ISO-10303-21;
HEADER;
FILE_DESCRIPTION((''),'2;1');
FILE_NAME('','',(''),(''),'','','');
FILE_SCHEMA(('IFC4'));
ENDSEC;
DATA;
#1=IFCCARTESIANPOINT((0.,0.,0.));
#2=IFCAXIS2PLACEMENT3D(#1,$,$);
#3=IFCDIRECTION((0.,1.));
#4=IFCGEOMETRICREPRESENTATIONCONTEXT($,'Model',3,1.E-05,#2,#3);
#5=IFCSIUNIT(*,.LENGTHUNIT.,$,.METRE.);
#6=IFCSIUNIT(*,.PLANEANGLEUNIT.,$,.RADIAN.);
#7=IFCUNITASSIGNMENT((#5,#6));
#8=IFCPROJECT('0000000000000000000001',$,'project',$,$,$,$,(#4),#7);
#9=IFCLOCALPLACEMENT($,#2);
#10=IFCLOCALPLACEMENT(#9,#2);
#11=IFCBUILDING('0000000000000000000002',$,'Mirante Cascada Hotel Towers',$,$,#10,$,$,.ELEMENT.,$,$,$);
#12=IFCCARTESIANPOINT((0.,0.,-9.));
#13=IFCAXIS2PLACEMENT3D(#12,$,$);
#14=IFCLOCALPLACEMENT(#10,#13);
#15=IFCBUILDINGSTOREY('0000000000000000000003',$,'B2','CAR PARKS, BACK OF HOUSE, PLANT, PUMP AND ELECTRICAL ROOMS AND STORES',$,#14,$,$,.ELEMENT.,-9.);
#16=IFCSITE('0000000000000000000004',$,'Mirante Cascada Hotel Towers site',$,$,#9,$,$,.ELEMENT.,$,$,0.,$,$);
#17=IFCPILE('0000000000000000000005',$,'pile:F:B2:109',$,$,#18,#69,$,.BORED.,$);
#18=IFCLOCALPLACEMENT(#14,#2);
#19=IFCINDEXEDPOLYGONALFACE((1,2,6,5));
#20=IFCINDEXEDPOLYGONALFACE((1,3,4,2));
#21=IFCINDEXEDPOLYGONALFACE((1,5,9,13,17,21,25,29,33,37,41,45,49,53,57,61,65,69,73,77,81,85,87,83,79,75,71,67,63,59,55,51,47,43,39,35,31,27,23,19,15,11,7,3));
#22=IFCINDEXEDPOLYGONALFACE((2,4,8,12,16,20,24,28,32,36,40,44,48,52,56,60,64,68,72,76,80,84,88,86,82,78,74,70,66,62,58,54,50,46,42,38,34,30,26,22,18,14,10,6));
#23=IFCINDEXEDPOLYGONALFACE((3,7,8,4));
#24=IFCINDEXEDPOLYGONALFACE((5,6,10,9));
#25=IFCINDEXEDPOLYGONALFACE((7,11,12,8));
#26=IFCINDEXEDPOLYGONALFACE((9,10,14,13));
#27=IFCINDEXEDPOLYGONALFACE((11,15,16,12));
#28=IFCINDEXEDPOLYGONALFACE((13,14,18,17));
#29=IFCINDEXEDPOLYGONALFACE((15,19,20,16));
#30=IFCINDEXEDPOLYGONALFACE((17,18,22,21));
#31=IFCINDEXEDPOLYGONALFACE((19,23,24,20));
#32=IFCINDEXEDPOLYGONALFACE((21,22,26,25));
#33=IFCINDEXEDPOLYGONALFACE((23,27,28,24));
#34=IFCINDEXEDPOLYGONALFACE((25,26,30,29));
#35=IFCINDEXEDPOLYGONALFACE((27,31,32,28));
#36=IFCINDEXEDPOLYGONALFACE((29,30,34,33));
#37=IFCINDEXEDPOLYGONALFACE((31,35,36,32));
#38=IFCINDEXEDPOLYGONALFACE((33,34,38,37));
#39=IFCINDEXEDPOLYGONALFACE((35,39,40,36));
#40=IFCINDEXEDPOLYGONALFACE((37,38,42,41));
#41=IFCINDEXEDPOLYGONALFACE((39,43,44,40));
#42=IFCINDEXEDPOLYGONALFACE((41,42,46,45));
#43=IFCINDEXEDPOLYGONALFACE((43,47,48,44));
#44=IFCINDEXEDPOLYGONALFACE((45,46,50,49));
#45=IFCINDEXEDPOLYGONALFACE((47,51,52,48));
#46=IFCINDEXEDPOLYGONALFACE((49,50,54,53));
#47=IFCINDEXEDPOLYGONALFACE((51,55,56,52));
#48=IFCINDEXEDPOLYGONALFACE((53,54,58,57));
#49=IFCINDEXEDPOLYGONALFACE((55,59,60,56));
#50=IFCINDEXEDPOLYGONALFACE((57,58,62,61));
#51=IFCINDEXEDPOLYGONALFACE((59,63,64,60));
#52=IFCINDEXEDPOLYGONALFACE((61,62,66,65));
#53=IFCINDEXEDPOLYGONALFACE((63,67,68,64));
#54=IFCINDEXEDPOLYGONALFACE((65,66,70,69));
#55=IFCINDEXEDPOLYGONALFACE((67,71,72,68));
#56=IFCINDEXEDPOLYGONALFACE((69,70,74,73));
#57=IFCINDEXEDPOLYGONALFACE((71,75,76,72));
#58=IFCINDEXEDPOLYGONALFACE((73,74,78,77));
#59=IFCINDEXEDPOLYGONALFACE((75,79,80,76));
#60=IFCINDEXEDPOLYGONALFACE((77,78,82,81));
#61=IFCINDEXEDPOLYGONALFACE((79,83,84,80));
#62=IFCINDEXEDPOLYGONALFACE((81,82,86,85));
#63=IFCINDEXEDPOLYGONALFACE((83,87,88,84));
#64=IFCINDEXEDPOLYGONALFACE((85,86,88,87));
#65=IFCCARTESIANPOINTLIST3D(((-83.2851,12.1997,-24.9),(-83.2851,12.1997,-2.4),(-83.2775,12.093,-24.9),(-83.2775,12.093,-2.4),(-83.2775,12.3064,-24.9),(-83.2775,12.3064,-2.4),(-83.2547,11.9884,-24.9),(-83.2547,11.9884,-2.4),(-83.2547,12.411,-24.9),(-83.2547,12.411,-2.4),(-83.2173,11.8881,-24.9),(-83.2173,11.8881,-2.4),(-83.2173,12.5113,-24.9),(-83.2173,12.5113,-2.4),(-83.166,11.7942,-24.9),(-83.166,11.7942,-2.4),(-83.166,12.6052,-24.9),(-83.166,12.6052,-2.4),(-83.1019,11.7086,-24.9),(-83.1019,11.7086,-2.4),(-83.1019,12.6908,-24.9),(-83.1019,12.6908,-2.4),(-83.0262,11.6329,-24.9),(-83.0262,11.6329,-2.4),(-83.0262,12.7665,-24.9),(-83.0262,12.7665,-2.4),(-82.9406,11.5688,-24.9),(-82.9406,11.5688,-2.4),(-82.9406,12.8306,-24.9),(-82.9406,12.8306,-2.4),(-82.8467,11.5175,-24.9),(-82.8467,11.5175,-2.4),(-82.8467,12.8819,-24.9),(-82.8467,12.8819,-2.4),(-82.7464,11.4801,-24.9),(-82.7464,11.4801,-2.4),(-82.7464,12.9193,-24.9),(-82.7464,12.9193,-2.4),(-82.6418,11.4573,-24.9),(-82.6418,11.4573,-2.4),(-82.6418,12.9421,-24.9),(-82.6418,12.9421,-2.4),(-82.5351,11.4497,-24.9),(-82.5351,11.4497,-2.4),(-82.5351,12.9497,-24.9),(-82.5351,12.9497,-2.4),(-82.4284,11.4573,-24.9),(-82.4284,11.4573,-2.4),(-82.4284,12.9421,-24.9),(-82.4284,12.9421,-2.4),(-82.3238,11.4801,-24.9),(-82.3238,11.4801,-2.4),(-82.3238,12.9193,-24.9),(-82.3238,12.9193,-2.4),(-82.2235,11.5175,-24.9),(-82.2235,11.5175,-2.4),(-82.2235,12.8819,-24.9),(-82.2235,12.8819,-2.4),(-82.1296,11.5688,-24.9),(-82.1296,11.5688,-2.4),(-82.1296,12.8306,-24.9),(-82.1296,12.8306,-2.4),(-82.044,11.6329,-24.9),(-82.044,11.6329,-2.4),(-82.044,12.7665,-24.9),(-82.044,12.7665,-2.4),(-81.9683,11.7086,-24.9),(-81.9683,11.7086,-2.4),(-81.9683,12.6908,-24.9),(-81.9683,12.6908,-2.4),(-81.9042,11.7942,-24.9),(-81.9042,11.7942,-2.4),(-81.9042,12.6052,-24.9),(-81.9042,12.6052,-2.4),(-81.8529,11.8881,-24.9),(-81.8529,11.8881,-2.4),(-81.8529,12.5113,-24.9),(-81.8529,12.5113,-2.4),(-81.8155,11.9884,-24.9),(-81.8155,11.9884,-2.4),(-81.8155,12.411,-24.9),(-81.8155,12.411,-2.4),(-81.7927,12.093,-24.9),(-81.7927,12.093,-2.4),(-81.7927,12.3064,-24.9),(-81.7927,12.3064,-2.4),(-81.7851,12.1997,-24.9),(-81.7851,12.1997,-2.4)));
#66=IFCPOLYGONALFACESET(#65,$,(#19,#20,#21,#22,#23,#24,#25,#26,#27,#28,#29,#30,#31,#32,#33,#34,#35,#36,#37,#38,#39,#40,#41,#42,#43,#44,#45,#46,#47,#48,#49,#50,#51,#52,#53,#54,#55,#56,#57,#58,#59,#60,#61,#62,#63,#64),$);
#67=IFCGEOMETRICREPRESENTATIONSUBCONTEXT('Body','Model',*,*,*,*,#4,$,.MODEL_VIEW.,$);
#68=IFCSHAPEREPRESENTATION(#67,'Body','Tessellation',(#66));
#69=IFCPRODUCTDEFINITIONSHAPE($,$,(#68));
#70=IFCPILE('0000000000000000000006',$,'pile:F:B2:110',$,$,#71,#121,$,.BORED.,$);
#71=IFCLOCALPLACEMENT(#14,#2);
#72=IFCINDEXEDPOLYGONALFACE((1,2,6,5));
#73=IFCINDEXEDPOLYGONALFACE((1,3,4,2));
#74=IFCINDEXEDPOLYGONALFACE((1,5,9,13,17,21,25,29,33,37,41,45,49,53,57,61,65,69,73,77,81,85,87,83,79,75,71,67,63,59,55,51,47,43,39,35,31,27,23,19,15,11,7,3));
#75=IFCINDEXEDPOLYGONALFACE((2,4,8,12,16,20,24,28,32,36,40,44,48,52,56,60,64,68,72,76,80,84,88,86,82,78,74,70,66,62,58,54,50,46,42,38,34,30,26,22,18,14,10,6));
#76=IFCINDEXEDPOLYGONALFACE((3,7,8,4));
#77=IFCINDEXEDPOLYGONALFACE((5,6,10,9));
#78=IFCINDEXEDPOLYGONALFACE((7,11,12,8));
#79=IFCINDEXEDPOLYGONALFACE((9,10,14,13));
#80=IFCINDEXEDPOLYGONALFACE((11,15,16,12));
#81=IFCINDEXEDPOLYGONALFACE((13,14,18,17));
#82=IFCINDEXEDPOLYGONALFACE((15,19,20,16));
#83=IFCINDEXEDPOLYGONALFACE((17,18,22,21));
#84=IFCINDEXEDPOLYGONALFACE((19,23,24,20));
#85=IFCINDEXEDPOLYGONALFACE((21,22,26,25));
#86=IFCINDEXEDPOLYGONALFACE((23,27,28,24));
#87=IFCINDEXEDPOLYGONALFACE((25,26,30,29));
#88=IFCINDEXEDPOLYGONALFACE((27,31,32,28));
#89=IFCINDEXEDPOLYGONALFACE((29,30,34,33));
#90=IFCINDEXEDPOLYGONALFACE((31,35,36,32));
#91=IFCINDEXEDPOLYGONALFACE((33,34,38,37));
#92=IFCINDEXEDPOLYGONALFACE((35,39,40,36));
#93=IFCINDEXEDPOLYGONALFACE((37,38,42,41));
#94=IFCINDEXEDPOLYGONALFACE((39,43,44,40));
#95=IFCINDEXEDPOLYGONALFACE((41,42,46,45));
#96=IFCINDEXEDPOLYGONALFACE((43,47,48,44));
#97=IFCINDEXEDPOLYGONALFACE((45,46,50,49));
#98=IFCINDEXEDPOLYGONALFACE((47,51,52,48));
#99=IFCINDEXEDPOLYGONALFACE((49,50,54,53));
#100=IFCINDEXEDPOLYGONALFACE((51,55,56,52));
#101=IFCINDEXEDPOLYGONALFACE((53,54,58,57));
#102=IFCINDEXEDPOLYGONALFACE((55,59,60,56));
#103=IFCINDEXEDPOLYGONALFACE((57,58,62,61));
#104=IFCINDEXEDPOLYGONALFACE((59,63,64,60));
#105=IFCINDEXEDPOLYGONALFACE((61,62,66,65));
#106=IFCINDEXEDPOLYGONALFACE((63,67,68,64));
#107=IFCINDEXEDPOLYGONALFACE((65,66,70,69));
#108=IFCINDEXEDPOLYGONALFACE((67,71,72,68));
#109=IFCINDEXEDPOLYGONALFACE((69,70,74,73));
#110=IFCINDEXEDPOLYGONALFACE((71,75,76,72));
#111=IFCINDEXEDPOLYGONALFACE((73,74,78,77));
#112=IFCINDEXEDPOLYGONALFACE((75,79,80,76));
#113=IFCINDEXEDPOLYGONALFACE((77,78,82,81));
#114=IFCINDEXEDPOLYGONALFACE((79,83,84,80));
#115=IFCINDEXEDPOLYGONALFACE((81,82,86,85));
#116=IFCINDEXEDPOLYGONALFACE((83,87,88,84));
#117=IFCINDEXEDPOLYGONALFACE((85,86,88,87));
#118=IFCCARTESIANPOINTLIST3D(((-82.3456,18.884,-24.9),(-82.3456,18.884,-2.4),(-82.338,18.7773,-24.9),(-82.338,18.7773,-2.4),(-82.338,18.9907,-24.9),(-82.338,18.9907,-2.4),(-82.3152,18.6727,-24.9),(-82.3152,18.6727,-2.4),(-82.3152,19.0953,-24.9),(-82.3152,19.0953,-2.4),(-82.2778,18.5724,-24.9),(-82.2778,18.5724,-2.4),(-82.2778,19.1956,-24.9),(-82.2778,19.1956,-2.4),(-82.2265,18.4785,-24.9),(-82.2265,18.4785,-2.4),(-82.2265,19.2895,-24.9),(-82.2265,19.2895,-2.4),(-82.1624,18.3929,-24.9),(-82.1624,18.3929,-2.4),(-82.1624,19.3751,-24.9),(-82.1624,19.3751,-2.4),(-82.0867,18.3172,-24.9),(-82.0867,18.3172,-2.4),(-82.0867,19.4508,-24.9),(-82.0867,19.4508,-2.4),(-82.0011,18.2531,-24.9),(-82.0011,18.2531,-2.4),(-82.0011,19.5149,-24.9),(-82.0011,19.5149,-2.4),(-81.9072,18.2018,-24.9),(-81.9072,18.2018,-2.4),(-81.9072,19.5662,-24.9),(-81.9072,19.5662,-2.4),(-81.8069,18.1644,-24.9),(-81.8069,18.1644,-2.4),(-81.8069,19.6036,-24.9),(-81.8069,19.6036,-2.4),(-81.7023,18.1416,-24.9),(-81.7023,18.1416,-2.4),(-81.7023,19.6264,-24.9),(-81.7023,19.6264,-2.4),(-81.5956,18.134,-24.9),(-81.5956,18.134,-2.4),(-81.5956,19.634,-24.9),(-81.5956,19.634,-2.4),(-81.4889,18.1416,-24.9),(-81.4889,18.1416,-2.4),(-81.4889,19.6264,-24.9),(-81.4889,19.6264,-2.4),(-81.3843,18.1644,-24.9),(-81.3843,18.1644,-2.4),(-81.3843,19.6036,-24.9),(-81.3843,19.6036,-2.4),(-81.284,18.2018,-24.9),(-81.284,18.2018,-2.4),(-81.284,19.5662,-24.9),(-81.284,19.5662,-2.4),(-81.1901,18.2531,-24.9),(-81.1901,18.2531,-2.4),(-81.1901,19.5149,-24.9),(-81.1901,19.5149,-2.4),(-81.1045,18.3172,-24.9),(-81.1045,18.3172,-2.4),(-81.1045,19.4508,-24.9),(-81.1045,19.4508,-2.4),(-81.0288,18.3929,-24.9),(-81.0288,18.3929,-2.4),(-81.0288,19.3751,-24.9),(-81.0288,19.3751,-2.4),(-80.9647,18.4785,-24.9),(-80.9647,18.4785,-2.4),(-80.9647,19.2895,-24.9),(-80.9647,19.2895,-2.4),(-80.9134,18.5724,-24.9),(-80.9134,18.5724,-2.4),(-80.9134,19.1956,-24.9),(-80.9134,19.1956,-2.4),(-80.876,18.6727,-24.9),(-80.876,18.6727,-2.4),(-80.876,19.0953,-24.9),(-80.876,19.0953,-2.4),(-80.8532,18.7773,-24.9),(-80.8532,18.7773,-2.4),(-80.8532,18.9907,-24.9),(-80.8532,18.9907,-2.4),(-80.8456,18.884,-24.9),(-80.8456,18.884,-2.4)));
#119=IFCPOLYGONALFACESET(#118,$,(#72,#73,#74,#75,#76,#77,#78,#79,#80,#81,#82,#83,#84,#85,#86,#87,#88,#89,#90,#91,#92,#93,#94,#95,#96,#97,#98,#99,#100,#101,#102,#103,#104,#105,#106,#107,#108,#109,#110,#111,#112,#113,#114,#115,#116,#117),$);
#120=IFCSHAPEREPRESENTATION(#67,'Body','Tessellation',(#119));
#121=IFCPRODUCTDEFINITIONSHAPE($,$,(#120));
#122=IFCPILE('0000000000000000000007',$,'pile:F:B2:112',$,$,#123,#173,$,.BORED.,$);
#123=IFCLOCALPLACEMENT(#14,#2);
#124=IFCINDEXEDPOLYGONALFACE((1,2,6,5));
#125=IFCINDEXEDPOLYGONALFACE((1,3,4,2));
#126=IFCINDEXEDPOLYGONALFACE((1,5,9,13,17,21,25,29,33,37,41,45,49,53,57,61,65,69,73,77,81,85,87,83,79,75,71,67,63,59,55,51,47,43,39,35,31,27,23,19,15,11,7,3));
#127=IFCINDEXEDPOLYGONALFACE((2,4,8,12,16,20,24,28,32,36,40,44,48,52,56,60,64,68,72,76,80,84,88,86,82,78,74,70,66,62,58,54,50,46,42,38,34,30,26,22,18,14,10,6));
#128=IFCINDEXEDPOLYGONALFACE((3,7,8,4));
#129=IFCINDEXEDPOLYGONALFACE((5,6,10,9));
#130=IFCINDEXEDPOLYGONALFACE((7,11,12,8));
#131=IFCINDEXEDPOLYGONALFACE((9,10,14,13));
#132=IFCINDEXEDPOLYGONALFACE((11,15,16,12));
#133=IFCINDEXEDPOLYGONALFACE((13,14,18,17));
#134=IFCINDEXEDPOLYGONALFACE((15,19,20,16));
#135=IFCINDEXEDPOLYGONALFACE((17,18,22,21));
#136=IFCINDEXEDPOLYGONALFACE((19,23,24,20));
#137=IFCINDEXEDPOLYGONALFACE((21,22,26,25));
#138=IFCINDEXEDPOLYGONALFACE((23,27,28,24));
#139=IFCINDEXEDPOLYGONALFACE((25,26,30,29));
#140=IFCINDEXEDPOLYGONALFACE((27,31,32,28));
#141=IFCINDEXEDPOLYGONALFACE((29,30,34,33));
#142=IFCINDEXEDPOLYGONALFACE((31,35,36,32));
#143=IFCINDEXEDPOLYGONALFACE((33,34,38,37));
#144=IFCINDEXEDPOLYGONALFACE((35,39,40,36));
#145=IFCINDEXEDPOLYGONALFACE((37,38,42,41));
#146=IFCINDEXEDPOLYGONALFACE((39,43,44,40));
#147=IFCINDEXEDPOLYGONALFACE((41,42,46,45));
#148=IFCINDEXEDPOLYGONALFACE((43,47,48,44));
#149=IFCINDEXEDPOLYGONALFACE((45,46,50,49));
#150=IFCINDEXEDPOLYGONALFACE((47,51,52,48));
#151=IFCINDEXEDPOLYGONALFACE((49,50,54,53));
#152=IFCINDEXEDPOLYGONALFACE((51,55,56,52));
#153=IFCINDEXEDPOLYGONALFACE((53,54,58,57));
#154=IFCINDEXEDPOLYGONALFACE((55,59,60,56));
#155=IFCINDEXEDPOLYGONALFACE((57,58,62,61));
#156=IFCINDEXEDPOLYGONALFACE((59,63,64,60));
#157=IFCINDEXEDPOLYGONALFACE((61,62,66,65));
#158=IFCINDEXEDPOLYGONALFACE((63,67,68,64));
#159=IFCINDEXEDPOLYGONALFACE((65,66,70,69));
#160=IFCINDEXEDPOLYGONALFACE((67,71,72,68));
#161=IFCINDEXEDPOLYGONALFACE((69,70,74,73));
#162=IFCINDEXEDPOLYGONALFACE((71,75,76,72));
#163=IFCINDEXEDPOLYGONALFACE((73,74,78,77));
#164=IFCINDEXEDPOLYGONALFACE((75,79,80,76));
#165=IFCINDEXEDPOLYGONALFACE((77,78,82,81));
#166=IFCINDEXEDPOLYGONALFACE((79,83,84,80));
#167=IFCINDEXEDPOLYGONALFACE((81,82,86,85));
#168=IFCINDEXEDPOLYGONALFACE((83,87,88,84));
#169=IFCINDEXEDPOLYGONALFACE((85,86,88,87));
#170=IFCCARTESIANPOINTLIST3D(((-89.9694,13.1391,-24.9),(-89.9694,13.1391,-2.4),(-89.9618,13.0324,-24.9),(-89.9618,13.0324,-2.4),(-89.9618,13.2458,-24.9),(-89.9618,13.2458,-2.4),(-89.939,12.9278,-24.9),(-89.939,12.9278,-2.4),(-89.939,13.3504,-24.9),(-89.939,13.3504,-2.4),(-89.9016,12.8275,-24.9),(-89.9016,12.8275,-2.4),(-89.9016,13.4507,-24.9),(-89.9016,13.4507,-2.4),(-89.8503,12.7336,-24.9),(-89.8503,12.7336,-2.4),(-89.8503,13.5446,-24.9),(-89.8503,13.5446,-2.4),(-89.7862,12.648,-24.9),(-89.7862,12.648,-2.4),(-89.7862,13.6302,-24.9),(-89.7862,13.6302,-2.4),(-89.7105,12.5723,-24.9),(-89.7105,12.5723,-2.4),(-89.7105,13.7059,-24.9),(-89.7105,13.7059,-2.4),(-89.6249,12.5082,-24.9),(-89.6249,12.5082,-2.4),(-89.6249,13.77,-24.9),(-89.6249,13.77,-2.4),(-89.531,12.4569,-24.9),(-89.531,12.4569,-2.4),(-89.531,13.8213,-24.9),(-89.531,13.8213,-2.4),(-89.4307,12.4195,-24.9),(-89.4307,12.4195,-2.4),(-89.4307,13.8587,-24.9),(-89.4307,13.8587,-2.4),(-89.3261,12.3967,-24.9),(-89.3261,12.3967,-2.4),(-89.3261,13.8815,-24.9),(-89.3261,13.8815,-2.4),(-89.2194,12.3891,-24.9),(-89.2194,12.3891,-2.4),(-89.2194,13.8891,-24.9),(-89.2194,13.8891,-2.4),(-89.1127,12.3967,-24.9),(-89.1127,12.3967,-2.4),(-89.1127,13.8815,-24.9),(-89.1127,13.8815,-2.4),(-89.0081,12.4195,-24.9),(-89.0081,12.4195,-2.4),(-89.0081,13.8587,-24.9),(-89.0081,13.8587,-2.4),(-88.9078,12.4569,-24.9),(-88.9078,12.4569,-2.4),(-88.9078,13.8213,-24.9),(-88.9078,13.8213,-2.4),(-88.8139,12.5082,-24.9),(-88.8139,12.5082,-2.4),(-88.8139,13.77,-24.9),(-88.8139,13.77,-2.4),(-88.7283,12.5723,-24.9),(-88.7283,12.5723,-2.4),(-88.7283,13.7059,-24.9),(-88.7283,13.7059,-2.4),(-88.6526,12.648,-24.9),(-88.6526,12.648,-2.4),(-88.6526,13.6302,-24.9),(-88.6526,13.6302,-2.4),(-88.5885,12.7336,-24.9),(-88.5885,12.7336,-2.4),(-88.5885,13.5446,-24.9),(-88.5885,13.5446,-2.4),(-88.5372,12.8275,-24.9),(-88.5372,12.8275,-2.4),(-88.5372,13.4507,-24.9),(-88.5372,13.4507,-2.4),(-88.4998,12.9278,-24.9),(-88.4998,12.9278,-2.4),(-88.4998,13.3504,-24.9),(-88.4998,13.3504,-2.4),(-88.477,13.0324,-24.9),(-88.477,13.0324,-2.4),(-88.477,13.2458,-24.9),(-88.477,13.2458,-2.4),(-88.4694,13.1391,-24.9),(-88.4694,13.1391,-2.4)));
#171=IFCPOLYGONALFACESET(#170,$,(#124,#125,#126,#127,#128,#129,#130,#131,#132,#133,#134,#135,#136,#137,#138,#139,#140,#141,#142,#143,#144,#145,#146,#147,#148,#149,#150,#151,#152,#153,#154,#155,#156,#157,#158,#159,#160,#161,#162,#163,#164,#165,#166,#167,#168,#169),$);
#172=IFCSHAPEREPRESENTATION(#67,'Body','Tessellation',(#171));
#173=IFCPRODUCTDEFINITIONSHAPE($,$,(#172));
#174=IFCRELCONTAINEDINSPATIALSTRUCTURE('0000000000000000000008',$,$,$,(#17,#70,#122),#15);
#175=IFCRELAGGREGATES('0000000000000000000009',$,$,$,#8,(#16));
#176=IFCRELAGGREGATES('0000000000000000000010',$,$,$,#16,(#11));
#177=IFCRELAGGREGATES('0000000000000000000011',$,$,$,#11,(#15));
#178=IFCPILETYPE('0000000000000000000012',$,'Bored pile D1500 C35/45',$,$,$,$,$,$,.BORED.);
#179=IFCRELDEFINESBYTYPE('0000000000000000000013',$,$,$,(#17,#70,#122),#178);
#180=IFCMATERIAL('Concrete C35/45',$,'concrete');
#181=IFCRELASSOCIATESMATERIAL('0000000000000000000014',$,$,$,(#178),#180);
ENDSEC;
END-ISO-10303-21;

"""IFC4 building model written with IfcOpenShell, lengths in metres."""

from ifc_helpers import new_model, si_unit, direction, frame, origin, origin_2d, place, context, subcontext, project, spatial, circle, extrude, material, material_profile, profile_set, type_object, element, save


model = new_model("IFC4")

# Units and contexts
model_context = context("Model", 3, precision=1e-05, world=origin(), true_north=direction((0.0, 1.0)))
body_context = subcontext(model_context, "Body", "Model", "MODEL_VIEW")
ifc_project = project(units=[si_unit("LENGTHUNIT", "METRE"), si_unit("PLANEANGLEUNIT", "RADIAN")], contexts=[model_context])

# Site, building, storey
site_placement = place(None, origin())
site = spatial("IfcSite", under=ifc_project, at=site_placement, Name="Mirante Cascada Hotel Towers site", CompositionType="ELEMENT", RefElevation=0.0)
building_placement = place(site_placement, origin())
building = spatial("IfcBuilding", under=site, at=building_placement, Name="Mirante Cascada Hotel Towers", CompositionType="ELEMENT")
storey_placement = place(building_placement, frame((0.0, 0.0, -9.0)))
storey = spatial("IfcBuildingStorey", under=building, at=storey_placement, Name="B2", Description="CAR PARKS, BACK OF HOUSE, PLANT, PUMP AND ELECTRICAL ROOMS AND STORES", CompositionType="ELEMENT", Elevation=-9.0)

# Piles
ifc_material_1 = material(Name="Concrete C35/45", Category="concrete")
ifc_material_profile_1 = material_profile(ifc_material_1, circle(Radius=0.75, at=origin_2d()), Name="RC D1500")
ifc_profile_set_1 = profile_set([ifc_material_profile_1], Name="Concrete C35/45")
pile_type = type_object("IfcPileType", Name="Bored pile D1500 C35/45", PredefinedType="BORED", material=ifc_profile_set_1)
for number, where, z_axis, x_axis, name in (
    (1, (-82.5351, 12.1997, -2.4), (0.0, 0.0, -1.0), (1.0, 0.0, 0.0), "pile:F:B2:109"),
    (2, (-81.5956, 18.884, -2.4), (0.0, 0.0, -1.0), (1.0, 0.0, 0.0), "pile:F:B2:110"),
    (3, (-89.2194, 13.1391, -2.4), (0.0, 0.0, -1.0), (1.0, 0.0, 0.0), "pile:F:B2:112"),
):
    element("IfcPile", number, at=place(storey_placement, frame(where, z_axis=z_axis, x_axis=x_axis)), inside=storey, type_object=pile_type, Name=name, PredefinedType="BORED", context=body_context, shape_type="SweptSolid", body=[
        extrude(circle(Radius=0.75, at=origin_2d()), origin(), (0.0, 0.0, 1.0), 22.5),
    ])

save(model, "model.ifc")
